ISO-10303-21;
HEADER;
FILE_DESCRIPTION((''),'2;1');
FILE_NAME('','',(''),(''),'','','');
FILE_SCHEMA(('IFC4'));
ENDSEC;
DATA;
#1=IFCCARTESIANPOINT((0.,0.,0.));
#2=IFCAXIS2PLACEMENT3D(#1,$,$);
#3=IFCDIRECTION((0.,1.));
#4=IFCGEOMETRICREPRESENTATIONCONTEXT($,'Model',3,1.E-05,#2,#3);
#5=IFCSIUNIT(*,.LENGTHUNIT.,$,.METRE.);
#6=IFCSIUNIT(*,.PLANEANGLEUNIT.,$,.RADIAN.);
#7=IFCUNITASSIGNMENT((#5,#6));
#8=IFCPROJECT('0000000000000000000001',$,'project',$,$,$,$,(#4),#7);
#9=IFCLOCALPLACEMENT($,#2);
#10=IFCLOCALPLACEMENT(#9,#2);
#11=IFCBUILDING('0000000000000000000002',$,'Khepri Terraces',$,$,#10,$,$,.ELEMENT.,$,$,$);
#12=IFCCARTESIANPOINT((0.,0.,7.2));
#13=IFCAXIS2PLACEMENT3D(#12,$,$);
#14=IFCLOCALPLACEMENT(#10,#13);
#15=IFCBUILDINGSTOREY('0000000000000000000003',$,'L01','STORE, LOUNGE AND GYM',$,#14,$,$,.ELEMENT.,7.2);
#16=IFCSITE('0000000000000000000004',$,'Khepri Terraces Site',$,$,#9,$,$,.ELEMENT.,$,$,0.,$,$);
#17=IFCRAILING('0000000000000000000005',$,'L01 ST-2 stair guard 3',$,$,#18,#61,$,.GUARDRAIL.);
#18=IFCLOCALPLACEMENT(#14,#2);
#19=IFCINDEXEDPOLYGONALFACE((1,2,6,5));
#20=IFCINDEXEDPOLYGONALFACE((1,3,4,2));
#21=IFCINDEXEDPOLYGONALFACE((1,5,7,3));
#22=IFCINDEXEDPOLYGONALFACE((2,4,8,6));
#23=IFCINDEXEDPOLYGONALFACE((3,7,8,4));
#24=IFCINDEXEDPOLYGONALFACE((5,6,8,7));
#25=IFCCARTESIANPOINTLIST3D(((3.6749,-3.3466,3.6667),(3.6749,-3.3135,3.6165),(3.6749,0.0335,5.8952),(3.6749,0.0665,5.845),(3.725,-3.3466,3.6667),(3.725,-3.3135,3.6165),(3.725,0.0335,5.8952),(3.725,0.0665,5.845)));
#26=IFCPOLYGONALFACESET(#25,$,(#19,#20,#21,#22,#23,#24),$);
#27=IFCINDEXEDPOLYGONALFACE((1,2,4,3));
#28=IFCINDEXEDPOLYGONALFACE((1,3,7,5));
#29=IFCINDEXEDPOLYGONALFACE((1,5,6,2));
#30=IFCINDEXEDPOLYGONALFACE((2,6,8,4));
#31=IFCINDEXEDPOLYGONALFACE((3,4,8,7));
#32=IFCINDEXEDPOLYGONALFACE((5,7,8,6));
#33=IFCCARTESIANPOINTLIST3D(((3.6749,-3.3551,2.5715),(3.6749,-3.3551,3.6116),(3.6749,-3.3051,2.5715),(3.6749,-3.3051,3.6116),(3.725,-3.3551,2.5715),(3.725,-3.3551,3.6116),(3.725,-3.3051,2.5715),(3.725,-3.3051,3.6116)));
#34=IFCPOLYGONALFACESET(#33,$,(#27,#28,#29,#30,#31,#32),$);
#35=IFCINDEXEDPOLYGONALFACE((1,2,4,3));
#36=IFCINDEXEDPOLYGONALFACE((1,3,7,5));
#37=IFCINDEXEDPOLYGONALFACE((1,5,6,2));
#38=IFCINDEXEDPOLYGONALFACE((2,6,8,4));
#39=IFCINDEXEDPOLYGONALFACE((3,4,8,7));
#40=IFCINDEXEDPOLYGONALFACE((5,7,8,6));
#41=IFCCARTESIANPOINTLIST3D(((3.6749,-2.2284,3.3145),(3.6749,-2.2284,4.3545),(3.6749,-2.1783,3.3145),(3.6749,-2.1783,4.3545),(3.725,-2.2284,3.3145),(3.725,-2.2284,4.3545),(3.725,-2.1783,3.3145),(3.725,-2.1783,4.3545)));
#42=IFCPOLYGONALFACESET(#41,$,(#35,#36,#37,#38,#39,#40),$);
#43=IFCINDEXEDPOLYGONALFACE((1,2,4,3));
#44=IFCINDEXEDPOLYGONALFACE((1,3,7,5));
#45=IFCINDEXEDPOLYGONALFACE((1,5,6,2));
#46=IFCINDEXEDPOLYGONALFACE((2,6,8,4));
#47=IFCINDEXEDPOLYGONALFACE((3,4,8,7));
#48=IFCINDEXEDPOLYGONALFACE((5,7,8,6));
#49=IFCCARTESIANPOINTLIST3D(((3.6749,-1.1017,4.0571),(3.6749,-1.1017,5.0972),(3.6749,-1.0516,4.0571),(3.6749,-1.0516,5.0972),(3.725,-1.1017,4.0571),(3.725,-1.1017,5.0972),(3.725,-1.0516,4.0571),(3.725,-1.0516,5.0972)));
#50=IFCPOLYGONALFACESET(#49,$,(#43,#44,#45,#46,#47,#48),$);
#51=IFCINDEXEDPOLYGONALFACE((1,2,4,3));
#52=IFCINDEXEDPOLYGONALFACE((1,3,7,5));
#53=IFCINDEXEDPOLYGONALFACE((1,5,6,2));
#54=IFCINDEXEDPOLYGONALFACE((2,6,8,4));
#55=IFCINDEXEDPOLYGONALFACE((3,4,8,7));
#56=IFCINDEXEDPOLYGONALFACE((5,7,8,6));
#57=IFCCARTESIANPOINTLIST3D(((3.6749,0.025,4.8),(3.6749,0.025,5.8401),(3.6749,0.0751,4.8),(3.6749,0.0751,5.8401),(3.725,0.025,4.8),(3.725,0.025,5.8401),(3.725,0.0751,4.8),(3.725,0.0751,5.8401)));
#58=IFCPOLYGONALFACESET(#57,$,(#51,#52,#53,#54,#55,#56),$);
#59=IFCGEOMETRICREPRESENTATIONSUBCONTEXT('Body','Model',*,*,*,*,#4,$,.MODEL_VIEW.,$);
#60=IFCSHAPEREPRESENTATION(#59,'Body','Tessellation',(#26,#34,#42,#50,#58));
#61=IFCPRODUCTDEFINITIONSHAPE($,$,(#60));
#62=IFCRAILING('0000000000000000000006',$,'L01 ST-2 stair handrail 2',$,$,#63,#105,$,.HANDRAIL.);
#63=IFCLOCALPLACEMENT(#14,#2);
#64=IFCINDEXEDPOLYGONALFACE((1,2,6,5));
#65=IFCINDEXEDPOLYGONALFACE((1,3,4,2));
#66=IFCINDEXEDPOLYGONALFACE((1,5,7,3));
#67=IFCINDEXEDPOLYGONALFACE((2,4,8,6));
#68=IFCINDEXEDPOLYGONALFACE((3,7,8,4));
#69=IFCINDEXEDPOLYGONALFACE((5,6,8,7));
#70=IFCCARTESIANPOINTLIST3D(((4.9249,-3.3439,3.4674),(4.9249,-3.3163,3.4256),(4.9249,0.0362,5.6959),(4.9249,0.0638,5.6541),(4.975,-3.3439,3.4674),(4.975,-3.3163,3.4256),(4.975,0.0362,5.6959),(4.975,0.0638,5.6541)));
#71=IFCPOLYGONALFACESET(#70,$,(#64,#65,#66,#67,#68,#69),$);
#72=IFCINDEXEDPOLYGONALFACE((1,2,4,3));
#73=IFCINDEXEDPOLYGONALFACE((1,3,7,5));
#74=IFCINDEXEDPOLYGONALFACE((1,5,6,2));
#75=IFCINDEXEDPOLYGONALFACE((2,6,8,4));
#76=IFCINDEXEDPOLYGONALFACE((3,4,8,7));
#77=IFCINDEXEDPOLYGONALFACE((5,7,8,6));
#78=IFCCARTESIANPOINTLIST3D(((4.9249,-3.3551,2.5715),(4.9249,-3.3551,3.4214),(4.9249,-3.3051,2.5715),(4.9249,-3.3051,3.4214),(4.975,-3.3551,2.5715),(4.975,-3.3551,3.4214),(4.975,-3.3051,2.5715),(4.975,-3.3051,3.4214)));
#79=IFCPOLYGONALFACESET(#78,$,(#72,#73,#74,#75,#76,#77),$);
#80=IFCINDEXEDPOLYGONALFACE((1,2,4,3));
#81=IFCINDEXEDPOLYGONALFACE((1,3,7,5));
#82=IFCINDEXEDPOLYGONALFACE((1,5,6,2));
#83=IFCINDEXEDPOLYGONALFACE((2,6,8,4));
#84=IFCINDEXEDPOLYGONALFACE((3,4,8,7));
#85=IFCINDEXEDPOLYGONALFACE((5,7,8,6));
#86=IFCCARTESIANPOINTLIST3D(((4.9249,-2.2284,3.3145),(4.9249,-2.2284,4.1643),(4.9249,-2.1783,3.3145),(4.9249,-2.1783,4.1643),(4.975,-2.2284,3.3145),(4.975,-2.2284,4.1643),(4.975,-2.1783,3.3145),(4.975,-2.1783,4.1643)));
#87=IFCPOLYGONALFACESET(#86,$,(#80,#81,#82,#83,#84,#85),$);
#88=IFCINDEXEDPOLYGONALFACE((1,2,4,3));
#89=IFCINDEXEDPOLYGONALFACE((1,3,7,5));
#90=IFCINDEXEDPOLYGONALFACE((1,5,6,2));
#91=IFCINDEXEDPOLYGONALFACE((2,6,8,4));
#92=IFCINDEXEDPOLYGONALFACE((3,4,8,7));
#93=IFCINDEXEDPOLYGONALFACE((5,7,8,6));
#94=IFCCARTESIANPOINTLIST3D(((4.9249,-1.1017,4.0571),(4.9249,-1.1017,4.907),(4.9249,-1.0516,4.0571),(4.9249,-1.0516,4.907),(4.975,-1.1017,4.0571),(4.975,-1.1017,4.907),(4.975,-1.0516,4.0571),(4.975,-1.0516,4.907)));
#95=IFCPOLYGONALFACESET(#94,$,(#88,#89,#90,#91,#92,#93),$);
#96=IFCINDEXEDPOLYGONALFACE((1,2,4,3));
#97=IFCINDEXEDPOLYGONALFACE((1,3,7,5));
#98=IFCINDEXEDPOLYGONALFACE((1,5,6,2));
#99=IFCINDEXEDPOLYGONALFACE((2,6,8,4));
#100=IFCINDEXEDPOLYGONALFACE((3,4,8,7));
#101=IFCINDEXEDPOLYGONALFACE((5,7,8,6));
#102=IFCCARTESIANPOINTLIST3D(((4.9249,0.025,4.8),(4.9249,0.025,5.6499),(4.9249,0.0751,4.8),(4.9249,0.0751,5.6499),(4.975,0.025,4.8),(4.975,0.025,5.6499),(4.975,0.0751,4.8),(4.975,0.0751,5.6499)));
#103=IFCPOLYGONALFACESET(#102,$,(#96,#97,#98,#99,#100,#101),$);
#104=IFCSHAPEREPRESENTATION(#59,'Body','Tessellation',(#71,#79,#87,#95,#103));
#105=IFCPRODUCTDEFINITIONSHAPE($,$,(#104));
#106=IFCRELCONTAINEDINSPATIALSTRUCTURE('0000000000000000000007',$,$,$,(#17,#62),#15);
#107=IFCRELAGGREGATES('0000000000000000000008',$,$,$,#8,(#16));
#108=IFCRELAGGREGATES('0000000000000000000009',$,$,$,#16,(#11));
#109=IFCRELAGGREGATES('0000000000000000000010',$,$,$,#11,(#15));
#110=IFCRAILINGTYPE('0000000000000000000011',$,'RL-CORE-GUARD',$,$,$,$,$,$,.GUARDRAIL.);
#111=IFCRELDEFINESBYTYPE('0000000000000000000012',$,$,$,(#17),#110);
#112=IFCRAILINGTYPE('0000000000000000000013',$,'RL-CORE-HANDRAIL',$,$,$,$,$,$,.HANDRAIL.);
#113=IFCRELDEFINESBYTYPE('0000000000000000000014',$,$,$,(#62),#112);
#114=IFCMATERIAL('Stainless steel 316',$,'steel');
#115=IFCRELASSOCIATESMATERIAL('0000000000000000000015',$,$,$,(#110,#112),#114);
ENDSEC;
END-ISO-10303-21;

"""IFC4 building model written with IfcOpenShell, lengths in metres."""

from ifc_helpers import new_model, si_unit, direction, frame, origin, origin_2d, place, context, subcontext, project, spatial, rectangle, extrude, material, type_object, element, save


model = new_model("IFC4")

# Units and contexts
model_context = context("Model", 3, precision=1e-05, world=origin(), true_north=direction((0.0, 1.0)))
body_context = subcontext(model_context, "Body", "Model", "MODEL_VIEW")
ifc_project = project(units=[si_unit("LENGTHUNIT", "METRE"), si_unit("PLANEANGLEUNIT", "RADIAN")], contexts=[model_context])

# Site, building, storey
site_placement = place(None, origin())
site = spatial("IfcSite", under=ifc_project, at=site_placement, Name="Khepri Terraces Site", CompositionType="ELEMENT", RefElevation=0.0)
building_placement = place(site_placement, origin())
building = spatial("IfcBuilding", under=site, at=building_placement, Name="Khepri Terraces", CompositionType="ELEMENT")
storey_placement = place(building_placement, frame((0.0, 0.0, 7.2)))
storey = spatial("IfcBuildingStorey", under=building, at=storey_placement, Name="L01", Description="STORE, LOUNGE AND GYM", CompositionType="ELEMENT", Elevation=7.2)

# Railings
ifc_material_1 = material(Name="Stainless steel 316", Category="steel")
railing_type_1 = type_object("IfcRailingType", Name="RL-CORE-GUARD", PredefinedType="GUARDRAIL", material=ifc_material_1)
railing_1_placement = place(storey_placement, frame((3.7, -3.3301, 2.5715)))
element("IfcRailing", 1, at=railing_1_placement, inside=storey, type_object=railing_type_1, Name="L01 ST-2 stair guard 3", PredefinedType="GUARDRAIL", context=body_context, shape_type="SweptSolid", body=[
    extrude(rectangle(XDim=0.05, YDim=0.0601, at=origin_2d()), frame((0.0, 0.0, 1.0701), z_axis=(0.0, 0.834878, 0.550435), x_axis=(-1.0, 0.0, 0.0)), (0.0, 0.0, 1.0), 4.0486),
    extrude(rectangle(XDim=0.05, YDim=0.05, at=origin_2d()), origin(), (0.0, 0.0, 1.0), 1.04),
    extrude(rectangle(XDim=0.05, YDim=0.05, at=origin_2d()), frame((0.0, 1.1267, 0.7429)), (0.0, 0.0, 1.0), 1.04),
    extrude(rectangle(XDim=0.05, YDim=0.05, at=origin_2d()), frame((0.0, 2.2534, 1.4856)), (0.0, 0.0, 1.0), 1.04),
    extrude(rectangle(XDim=0.05, YDim=0.05, at=origin_2d()), frame((0.0, 3.3801, 2.2285)), (0.0, 0.0, 1.0), 1.04),
])
railing_type_2 = type_object("IfcRailingType", Name="RL-CORE-HANDRAIL", PredefinedType="HANDRAIL", material=ifc_material_1)
railing_2_placement = place(storey_placement, frame((4.95, -3.3301, 2.5715)))
element("IfcRailing", 2, at=railing_2_placement, inside=storey, type_object=railing_type_2, Name="L01 ST-2 stair handrail 2", PredefinedType="HANDRAIL", context=body_context, shape_type="SweptSolid", body=[
    extrude(rectangle(XDim=0.05, YDim=0.05, at=origin_2d()), frame((0.0, 0.0, 0.875), z_axis=(0.0, 0.834878, 0.550435), x_axis=(-1.0, 0.0, 0.0)), (0.0, 0.0, 1.0), 4.0486),
    extrude(rectangle(XDim=0.05, YDim=0.05, at=origin_2d()), origin(), (0.0, 0.0, 1.0), 0.8499),
    extrude(rectangle(XDim=0.05, YDim=0.05, at=origin_2d()), frame((0.0, 1.1267, 0.7429)), (0.0, 0.0, 1.0), 0.8499),
    extrude(rectangle(XDim=0.05, YDim=0.05, at=origin_2d()), frame((0.0, 2.2534, 1.4856)), (0.0, 0.0, 1.0), 0.8499),
    extrude(rectangle(XDim=0.05, YDim=0.05, at=origin_2d()), frame((0.0, 3.3801, 2.2285)), (0.0, 0.0, 1.0), 0.8499),
])

save(model, "model.ifc")
